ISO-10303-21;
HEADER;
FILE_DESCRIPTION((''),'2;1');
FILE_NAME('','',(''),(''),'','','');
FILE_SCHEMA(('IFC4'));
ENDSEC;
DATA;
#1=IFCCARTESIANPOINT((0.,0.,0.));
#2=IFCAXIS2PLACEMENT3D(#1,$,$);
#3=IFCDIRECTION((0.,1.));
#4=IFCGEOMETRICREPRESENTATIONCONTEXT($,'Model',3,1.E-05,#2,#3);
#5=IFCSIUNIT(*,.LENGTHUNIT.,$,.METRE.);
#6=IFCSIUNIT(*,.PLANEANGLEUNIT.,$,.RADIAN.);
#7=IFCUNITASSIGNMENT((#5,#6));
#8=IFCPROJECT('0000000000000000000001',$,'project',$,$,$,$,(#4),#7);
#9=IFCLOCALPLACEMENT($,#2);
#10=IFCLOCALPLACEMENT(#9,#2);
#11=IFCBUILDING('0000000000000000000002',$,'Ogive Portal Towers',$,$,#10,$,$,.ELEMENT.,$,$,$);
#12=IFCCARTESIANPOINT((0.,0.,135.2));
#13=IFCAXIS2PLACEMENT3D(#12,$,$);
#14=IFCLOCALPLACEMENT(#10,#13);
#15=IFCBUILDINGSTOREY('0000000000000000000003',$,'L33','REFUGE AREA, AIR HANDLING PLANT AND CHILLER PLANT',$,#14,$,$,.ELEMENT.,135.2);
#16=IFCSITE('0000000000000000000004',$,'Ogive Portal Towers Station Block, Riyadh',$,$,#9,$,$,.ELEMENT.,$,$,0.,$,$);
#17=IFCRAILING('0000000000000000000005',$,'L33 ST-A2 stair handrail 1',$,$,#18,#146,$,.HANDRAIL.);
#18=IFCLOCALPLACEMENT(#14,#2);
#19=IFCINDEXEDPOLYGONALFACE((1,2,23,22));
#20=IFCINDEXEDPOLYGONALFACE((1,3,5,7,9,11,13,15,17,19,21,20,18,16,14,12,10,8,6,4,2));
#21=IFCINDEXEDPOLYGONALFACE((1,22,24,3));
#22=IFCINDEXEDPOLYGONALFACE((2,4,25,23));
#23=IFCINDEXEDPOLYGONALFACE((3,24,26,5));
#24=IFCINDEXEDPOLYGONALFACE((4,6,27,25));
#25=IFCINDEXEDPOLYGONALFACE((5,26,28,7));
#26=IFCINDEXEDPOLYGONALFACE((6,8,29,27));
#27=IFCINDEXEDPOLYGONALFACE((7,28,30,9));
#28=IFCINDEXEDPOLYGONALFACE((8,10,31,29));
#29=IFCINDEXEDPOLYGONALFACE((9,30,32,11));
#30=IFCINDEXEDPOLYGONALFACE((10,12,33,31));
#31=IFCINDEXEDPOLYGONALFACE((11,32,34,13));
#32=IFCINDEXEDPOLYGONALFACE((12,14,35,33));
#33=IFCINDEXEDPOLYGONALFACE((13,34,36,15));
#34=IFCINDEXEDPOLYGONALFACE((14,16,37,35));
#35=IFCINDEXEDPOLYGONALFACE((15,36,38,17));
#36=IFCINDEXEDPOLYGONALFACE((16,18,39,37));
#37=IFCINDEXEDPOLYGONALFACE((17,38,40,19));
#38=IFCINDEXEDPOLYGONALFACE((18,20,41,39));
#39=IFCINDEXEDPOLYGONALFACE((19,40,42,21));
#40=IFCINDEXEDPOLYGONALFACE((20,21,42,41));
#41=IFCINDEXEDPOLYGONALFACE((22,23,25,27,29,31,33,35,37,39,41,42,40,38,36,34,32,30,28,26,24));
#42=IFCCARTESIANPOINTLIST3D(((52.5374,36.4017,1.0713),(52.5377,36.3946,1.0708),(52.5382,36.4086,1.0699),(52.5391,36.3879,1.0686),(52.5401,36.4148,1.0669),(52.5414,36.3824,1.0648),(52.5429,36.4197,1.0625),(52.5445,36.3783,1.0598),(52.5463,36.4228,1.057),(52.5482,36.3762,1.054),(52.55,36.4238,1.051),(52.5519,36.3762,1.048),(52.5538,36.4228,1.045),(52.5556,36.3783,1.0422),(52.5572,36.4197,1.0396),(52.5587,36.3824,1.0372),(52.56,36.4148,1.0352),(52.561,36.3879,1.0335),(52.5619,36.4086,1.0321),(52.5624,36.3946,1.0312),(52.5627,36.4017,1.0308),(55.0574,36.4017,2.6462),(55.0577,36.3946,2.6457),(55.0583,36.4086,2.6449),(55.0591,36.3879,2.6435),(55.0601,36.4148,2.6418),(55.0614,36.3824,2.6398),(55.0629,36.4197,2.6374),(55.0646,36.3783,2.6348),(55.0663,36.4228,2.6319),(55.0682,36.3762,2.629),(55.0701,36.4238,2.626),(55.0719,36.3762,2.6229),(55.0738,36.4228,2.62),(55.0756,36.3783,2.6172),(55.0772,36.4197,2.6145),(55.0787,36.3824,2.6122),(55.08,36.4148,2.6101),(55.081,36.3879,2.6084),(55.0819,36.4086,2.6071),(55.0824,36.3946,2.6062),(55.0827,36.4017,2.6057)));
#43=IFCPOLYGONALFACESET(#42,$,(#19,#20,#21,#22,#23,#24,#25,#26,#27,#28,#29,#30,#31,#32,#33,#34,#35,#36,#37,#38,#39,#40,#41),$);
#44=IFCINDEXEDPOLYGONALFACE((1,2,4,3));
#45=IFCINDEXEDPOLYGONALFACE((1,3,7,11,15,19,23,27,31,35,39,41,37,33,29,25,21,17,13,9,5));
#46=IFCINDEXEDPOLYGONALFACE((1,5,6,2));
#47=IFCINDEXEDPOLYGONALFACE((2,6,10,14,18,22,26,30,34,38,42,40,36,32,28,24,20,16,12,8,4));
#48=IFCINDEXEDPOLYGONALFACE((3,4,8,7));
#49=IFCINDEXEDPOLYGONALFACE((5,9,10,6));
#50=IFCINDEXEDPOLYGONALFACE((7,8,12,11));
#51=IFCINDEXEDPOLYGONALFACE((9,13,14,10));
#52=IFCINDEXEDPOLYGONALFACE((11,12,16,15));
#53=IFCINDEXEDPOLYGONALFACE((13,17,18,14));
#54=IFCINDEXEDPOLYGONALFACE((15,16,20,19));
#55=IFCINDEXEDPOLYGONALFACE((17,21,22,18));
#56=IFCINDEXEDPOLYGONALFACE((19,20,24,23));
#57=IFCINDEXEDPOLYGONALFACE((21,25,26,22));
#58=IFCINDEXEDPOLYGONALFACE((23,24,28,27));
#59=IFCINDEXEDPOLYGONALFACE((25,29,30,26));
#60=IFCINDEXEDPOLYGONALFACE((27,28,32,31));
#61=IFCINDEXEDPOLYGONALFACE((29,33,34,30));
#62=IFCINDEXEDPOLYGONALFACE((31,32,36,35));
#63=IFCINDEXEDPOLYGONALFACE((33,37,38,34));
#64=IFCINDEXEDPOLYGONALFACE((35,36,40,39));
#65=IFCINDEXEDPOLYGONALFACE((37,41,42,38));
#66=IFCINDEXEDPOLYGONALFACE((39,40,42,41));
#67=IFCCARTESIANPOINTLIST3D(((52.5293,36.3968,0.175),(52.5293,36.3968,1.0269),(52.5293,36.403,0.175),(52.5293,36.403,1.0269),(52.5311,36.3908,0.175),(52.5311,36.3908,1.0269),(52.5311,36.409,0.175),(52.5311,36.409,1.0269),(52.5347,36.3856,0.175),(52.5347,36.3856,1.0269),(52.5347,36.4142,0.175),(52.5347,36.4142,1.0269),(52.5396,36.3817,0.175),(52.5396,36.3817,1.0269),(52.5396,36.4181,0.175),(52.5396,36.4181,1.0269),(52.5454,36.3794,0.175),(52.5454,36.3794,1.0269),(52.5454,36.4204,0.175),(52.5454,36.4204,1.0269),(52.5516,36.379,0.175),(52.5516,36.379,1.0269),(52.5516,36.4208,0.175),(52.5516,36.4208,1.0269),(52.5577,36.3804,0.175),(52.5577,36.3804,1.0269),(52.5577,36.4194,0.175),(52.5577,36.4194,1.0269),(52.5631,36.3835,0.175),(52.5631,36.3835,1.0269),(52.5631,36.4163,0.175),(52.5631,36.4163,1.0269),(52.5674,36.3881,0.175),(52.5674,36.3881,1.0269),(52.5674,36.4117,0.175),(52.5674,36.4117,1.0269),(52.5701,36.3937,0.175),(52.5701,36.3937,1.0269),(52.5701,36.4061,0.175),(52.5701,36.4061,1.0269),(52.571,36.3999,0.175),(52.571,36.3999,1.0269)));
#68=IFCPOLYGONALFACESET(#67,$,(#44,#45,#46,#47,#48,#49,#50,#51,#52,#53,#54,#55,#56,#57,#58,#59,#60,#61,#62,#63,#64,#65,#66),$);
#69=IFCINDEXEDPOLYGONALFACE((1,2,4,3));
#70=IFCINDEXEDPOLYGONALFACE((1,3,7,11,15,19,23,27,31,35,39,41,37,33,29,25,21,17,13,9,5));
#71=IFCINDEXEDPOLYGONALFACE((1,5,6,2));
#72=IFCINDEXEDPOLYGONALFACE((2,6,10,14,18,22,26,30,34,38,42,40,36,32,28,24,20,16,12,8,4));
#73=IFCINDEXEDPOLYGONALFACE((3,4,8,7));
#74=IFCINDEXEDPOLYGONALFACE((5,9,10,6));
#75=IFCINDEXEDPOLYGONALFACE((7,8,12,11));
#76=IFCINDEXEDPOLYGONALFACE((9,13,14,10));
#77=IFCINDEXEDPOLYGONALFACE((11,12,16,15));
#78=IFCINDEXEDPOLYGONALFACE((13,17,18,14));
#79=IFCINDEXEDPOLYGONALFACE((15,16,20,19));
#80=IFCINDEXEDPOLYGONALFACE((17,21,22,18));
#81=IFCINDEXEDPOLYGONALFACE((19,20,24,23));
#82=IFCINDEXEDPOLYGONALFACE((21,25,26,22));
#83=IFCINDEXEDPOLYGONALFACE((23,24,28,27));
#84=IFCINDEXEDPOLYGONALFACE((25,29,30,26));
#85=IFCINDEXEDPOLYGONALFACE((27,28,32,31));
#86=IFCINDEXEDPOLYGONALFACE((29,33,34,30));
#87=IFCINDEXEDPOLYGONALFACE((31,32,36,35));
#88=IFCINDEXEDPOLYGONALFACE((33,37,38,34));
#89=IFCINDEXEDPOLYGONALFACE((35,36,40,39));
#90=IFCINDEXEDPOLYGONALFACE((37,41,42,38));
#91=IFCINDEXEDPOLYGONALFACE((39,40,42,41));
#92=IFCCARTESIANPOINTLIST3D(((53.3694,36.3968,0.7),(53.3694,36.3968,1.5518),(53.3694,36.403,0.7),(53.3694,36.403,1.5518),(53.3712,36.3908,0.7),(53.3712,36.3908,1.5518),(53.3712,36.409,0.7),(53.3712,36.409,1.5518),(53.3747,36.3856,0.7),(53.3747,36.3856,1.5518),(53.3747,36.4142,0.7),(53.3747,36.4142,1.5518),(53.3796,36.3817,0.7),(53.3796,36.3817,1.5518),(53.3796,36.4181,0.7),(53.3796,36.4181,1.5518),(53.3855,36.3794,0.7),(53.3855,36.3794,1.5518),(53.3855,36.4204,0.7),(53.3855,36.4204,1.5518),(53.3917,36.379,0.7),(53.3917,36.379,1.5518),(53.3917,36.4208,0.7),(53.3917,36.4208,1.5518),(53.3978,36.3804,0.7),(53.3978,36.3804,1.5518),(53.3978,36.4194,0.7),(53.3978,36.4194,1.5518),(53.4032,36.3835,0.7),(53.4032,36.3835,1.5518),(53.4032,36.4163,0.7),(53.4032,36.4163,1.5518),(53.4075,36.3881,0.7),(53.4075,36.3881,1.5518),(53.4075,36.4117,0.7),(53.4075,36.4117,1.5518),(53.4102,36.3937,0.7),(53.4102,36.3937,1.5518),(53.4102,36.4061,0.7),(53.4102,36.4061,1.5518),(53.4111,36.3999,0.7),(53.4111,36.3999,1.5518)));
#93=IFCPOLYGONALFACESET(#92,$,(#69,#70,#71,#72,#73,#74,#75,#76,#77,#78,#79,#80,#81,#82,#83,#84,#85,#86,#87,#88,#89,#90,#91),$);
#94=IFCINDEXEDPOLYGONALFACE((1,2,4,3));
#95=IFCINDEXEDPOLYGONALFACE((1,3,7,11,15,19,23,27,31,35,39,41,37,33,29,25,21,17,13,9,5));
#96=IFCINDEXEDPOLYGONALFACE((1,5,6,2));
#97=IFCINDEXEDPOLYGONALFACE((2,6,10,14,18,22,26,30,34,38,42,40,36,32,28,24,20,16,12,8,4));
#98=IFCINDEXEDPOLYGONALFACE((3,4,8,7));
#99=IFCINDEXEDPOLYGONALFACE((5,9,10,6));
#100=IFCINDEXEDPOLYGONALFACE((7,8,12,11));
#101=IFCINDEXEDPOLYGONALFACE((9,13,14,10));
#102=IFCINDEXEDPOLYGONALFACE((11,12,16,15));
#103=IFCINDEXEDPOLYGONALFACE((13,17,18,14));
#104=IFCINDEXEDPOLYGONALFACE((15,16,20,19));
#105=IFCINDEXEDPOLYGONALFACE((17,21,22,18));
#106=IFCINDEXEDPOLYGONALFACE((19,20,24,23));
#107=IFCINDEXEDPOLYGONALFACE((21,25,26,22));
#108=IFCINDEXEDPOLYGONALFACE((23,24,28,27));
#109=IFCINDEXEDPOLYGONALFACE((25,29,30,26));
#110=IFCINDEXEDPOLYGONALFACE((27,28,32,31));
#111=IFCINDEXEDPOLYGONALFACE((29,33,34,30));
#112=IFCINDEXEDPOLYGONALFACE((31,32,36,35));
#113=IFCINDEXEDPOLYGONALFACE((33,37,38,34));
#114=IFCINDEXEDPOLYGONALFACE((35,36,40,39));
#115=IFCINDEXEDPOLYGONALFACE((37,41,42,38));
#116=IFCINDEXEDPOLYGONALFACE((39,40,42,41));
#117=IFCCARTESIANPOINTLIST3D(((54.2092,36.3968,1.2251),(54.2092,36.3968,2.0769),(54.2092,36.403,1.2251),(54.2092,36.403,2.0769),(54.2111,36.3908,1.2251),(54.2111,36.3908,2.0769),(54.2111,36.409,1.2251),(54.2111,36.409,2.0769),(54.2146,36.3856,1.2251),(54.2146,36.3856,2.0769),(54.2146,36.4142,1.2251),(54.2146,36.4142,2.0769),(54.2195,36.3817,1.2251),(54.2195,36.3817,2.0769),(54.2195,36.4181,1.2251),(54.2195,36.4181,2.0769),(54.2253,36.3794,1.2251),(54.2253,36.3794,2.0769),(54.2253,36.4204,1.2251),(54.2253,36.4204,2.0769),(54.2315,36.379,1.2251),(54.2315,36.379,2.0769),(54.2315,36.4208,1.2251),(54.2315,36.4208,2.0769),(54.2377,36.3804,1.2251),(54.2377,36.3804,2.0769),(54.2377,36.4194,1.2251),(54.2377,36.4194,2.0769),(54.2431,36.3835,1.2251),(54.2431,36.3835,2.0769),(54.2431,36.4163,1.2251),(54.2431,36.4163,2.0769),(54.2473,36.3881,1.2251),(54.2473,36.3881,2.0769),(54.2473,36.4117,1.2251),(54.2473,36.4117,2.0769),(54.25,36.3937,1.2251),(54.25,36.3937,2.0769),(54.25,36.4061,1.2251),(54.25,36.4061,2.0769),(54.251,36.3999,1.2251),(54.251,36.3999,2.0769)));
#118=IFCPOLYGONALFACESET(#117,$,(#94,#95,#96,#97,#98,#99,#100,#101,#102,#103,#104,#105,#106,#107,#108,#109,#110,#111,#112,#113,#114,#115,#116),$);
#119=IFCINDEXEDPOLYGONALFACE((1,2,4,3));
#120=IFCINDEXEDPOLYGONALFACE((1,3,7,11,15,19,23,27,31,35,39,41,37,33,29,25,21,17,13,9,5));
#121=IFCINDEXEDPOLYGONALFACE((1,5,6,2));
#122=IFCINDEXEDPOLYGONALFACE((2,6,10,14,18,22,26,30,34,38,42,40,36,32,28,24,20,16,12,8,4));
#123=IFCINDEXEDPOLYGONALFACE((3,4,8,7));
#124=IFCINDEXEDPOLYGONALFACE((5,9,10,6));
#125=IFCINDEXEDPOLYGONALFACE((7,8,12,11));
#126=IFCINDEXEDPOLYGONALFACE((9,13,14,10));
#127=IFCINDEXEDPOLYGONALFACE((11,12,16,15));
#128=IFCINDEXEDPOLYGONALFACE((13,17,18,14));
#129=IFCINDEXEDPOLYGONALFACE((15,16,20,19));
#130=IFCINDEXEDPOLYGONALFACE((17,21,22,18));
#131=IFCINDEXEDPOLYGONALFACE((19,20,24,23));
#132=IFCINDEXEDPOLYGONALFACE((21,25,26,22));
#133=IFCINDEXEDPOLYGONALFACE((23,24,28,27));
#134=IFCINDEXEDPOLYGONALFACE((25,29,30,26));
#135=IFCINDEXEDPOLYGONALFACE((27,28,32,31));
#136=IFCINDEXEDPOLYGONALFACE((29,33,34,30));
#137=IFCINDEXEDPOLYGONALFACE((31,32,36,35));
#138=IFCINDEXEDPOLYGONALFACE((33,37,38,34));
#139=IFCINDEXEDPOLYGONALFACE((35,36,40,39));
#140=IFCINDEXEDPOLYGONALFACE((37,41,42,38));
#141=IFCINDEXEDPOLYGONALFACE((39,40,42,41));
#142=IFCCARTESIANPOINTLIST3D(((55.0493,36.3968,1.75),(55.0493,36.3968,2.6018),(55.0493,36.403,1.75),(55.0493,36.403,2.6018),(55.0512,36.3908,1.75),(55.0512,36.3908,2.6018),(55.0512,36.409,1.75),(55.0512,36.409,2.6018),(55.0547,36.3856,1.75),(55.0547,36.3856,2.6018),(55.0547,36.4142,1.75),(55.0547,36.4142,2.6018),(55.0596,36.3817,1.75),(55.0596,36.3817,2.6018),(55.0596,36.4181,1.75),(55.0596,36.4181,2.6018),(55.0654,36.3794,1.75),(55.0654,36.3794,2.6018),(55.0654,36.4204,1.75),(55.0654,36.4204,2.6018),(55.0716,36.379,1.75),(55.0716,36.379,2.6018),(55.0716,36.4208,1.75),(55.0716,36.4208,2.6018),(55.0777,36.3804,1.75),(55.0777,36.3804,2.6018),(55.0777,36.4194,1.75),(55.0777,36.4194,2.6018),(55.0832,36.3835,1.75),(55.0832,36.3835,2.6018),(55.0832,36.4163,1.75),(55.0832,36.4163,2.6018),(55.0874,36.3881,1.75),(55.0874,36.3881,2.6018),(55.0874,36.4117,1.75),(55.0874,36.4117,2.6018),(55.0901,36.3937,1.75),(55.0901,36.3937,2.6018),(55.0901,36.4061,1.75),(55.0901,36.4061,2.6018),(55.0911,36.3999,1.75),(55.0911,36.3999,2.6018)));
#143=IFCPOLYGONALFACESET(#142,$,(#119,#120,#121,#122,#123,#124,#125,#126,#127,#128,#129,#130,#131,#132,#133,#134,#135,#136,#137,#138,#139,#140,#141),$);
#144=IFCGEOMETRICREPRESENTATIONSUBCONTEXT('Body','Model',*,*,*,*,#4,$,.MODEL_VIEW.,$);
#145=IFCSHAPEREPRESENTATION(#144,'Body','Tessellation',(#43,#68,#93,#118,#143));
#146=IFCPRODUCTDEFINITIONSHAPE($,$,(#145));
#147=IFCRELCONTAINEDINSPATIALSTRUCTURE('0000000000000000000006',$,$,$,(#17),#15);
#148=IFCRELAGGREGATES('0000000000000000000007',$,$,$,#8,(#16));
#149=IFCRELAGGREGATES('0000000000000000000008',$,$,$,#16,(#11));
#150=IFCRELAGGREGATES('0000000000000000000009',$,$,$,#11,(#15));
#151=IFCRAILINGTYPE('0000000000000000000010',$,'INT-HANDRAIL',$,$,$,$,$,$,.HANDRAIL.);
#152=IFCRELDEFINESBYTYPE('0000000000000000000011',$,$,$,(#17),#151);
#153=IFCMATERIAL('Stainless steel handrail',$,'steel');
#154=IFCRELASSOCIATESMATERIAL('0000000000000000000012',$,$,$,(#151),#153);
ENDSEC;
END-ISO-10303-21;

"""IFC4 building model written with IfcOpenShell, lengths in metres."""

from ifc_helpers import new_model, si_unit, direction, frame, origin, origin_2d, place, context, subcontext, project, spatial, circle, extrude, material, type_object, element, save


model = new_model("IFC4")

# Units and contexts
model_context = context("Model", 3, precision=1e-05, world=origin(), true_north=direction((0.0, 1.0)))
body_context = subcontext(model_context, "Body", "Model", "MODEL_VIEW")
ifc_project = project(units=[si_unit("LENGTHUNIT", "METRE"), si_unit("PLANEANGLEUNIT", "RADIAN")], contexts=[model_context])

# Site, building, storey
site_placement = place(None, origin())
site = spatial("IfcSite", under=ifc_project, at=site_placement, Name="Ogive Portal Towers Station Block, Riyadh", CompositionType="ELEMENT", RefElevation=0.0)
building_placement = place(site_placement, origin())
building = spatial("IfcBuilding", under=site, at=building_placement, Name="Ogive Portal Towers", CompositionType="ELEMENT")
storey_placement = place(building_placement, frame((0.0, 0.0, 135.2)))
storey = spatial("IfcBuildingStorey", under=building, at=storey_placement, Name="L33", Description="REFUGE AREA, AIR HANDLING PLANT AND CHILLER PLANT", CompositionType="ELEMENT", Elevation=135.2)

# Railing
ifc_material_1 = material(Name="Stainless steel handrail", Category="steel")
railing_type_1 = type_object("IfcRailingType", Name="INT-HANDRAIL", PredefinedType="HANDRAIL", material=ifc_material_1)
for number, where, name in (
    (1, (52.55, 36.3999, 0.175), "L33 ST-A2 stair handrail 1"),
):
    element("IfcRailing", number, at=place(storey_placement, frame(where)), inside=storey, type_object=railing_type_1, Name=name, PredefinedType="HANDRAIL", context=body_context, shape_type="SweptSolid", body=[
        extrude(circle(Radius=0.0239, at=origin_2d()), frame((0.0, 0.0, 0.876), z_axis=(0.848008, 0.0, 0.529984), x_axis=(0.0, 1.0, 0.0)), (0.0, 0.0, 1.0), 2.9717),
        extrude(circle(Radius=0.021, at=origin_2d()), origin(), (0.0, 0.0, 1.0), 0.8518),
        extrude(circle(Radius=0.021, at=origin_2d()), frame((0.8401, 0.0, 0.5249)), (0.0, 0.0, 1.0), 0.8518),
        extrude(circle(Radius=0.021, at=origin_2d()), frame((1.6799, 0.0, 1.05)), (0.0, 0.0, 1.0), 0.8518),
        extrude(circle(Radius=0.021, at=origin_2d()), frame((2.52, 0.0, 1.575)), (0.0, 0.0, 1.0), 0.8518),
    ])

save(model, "model.ifc")
